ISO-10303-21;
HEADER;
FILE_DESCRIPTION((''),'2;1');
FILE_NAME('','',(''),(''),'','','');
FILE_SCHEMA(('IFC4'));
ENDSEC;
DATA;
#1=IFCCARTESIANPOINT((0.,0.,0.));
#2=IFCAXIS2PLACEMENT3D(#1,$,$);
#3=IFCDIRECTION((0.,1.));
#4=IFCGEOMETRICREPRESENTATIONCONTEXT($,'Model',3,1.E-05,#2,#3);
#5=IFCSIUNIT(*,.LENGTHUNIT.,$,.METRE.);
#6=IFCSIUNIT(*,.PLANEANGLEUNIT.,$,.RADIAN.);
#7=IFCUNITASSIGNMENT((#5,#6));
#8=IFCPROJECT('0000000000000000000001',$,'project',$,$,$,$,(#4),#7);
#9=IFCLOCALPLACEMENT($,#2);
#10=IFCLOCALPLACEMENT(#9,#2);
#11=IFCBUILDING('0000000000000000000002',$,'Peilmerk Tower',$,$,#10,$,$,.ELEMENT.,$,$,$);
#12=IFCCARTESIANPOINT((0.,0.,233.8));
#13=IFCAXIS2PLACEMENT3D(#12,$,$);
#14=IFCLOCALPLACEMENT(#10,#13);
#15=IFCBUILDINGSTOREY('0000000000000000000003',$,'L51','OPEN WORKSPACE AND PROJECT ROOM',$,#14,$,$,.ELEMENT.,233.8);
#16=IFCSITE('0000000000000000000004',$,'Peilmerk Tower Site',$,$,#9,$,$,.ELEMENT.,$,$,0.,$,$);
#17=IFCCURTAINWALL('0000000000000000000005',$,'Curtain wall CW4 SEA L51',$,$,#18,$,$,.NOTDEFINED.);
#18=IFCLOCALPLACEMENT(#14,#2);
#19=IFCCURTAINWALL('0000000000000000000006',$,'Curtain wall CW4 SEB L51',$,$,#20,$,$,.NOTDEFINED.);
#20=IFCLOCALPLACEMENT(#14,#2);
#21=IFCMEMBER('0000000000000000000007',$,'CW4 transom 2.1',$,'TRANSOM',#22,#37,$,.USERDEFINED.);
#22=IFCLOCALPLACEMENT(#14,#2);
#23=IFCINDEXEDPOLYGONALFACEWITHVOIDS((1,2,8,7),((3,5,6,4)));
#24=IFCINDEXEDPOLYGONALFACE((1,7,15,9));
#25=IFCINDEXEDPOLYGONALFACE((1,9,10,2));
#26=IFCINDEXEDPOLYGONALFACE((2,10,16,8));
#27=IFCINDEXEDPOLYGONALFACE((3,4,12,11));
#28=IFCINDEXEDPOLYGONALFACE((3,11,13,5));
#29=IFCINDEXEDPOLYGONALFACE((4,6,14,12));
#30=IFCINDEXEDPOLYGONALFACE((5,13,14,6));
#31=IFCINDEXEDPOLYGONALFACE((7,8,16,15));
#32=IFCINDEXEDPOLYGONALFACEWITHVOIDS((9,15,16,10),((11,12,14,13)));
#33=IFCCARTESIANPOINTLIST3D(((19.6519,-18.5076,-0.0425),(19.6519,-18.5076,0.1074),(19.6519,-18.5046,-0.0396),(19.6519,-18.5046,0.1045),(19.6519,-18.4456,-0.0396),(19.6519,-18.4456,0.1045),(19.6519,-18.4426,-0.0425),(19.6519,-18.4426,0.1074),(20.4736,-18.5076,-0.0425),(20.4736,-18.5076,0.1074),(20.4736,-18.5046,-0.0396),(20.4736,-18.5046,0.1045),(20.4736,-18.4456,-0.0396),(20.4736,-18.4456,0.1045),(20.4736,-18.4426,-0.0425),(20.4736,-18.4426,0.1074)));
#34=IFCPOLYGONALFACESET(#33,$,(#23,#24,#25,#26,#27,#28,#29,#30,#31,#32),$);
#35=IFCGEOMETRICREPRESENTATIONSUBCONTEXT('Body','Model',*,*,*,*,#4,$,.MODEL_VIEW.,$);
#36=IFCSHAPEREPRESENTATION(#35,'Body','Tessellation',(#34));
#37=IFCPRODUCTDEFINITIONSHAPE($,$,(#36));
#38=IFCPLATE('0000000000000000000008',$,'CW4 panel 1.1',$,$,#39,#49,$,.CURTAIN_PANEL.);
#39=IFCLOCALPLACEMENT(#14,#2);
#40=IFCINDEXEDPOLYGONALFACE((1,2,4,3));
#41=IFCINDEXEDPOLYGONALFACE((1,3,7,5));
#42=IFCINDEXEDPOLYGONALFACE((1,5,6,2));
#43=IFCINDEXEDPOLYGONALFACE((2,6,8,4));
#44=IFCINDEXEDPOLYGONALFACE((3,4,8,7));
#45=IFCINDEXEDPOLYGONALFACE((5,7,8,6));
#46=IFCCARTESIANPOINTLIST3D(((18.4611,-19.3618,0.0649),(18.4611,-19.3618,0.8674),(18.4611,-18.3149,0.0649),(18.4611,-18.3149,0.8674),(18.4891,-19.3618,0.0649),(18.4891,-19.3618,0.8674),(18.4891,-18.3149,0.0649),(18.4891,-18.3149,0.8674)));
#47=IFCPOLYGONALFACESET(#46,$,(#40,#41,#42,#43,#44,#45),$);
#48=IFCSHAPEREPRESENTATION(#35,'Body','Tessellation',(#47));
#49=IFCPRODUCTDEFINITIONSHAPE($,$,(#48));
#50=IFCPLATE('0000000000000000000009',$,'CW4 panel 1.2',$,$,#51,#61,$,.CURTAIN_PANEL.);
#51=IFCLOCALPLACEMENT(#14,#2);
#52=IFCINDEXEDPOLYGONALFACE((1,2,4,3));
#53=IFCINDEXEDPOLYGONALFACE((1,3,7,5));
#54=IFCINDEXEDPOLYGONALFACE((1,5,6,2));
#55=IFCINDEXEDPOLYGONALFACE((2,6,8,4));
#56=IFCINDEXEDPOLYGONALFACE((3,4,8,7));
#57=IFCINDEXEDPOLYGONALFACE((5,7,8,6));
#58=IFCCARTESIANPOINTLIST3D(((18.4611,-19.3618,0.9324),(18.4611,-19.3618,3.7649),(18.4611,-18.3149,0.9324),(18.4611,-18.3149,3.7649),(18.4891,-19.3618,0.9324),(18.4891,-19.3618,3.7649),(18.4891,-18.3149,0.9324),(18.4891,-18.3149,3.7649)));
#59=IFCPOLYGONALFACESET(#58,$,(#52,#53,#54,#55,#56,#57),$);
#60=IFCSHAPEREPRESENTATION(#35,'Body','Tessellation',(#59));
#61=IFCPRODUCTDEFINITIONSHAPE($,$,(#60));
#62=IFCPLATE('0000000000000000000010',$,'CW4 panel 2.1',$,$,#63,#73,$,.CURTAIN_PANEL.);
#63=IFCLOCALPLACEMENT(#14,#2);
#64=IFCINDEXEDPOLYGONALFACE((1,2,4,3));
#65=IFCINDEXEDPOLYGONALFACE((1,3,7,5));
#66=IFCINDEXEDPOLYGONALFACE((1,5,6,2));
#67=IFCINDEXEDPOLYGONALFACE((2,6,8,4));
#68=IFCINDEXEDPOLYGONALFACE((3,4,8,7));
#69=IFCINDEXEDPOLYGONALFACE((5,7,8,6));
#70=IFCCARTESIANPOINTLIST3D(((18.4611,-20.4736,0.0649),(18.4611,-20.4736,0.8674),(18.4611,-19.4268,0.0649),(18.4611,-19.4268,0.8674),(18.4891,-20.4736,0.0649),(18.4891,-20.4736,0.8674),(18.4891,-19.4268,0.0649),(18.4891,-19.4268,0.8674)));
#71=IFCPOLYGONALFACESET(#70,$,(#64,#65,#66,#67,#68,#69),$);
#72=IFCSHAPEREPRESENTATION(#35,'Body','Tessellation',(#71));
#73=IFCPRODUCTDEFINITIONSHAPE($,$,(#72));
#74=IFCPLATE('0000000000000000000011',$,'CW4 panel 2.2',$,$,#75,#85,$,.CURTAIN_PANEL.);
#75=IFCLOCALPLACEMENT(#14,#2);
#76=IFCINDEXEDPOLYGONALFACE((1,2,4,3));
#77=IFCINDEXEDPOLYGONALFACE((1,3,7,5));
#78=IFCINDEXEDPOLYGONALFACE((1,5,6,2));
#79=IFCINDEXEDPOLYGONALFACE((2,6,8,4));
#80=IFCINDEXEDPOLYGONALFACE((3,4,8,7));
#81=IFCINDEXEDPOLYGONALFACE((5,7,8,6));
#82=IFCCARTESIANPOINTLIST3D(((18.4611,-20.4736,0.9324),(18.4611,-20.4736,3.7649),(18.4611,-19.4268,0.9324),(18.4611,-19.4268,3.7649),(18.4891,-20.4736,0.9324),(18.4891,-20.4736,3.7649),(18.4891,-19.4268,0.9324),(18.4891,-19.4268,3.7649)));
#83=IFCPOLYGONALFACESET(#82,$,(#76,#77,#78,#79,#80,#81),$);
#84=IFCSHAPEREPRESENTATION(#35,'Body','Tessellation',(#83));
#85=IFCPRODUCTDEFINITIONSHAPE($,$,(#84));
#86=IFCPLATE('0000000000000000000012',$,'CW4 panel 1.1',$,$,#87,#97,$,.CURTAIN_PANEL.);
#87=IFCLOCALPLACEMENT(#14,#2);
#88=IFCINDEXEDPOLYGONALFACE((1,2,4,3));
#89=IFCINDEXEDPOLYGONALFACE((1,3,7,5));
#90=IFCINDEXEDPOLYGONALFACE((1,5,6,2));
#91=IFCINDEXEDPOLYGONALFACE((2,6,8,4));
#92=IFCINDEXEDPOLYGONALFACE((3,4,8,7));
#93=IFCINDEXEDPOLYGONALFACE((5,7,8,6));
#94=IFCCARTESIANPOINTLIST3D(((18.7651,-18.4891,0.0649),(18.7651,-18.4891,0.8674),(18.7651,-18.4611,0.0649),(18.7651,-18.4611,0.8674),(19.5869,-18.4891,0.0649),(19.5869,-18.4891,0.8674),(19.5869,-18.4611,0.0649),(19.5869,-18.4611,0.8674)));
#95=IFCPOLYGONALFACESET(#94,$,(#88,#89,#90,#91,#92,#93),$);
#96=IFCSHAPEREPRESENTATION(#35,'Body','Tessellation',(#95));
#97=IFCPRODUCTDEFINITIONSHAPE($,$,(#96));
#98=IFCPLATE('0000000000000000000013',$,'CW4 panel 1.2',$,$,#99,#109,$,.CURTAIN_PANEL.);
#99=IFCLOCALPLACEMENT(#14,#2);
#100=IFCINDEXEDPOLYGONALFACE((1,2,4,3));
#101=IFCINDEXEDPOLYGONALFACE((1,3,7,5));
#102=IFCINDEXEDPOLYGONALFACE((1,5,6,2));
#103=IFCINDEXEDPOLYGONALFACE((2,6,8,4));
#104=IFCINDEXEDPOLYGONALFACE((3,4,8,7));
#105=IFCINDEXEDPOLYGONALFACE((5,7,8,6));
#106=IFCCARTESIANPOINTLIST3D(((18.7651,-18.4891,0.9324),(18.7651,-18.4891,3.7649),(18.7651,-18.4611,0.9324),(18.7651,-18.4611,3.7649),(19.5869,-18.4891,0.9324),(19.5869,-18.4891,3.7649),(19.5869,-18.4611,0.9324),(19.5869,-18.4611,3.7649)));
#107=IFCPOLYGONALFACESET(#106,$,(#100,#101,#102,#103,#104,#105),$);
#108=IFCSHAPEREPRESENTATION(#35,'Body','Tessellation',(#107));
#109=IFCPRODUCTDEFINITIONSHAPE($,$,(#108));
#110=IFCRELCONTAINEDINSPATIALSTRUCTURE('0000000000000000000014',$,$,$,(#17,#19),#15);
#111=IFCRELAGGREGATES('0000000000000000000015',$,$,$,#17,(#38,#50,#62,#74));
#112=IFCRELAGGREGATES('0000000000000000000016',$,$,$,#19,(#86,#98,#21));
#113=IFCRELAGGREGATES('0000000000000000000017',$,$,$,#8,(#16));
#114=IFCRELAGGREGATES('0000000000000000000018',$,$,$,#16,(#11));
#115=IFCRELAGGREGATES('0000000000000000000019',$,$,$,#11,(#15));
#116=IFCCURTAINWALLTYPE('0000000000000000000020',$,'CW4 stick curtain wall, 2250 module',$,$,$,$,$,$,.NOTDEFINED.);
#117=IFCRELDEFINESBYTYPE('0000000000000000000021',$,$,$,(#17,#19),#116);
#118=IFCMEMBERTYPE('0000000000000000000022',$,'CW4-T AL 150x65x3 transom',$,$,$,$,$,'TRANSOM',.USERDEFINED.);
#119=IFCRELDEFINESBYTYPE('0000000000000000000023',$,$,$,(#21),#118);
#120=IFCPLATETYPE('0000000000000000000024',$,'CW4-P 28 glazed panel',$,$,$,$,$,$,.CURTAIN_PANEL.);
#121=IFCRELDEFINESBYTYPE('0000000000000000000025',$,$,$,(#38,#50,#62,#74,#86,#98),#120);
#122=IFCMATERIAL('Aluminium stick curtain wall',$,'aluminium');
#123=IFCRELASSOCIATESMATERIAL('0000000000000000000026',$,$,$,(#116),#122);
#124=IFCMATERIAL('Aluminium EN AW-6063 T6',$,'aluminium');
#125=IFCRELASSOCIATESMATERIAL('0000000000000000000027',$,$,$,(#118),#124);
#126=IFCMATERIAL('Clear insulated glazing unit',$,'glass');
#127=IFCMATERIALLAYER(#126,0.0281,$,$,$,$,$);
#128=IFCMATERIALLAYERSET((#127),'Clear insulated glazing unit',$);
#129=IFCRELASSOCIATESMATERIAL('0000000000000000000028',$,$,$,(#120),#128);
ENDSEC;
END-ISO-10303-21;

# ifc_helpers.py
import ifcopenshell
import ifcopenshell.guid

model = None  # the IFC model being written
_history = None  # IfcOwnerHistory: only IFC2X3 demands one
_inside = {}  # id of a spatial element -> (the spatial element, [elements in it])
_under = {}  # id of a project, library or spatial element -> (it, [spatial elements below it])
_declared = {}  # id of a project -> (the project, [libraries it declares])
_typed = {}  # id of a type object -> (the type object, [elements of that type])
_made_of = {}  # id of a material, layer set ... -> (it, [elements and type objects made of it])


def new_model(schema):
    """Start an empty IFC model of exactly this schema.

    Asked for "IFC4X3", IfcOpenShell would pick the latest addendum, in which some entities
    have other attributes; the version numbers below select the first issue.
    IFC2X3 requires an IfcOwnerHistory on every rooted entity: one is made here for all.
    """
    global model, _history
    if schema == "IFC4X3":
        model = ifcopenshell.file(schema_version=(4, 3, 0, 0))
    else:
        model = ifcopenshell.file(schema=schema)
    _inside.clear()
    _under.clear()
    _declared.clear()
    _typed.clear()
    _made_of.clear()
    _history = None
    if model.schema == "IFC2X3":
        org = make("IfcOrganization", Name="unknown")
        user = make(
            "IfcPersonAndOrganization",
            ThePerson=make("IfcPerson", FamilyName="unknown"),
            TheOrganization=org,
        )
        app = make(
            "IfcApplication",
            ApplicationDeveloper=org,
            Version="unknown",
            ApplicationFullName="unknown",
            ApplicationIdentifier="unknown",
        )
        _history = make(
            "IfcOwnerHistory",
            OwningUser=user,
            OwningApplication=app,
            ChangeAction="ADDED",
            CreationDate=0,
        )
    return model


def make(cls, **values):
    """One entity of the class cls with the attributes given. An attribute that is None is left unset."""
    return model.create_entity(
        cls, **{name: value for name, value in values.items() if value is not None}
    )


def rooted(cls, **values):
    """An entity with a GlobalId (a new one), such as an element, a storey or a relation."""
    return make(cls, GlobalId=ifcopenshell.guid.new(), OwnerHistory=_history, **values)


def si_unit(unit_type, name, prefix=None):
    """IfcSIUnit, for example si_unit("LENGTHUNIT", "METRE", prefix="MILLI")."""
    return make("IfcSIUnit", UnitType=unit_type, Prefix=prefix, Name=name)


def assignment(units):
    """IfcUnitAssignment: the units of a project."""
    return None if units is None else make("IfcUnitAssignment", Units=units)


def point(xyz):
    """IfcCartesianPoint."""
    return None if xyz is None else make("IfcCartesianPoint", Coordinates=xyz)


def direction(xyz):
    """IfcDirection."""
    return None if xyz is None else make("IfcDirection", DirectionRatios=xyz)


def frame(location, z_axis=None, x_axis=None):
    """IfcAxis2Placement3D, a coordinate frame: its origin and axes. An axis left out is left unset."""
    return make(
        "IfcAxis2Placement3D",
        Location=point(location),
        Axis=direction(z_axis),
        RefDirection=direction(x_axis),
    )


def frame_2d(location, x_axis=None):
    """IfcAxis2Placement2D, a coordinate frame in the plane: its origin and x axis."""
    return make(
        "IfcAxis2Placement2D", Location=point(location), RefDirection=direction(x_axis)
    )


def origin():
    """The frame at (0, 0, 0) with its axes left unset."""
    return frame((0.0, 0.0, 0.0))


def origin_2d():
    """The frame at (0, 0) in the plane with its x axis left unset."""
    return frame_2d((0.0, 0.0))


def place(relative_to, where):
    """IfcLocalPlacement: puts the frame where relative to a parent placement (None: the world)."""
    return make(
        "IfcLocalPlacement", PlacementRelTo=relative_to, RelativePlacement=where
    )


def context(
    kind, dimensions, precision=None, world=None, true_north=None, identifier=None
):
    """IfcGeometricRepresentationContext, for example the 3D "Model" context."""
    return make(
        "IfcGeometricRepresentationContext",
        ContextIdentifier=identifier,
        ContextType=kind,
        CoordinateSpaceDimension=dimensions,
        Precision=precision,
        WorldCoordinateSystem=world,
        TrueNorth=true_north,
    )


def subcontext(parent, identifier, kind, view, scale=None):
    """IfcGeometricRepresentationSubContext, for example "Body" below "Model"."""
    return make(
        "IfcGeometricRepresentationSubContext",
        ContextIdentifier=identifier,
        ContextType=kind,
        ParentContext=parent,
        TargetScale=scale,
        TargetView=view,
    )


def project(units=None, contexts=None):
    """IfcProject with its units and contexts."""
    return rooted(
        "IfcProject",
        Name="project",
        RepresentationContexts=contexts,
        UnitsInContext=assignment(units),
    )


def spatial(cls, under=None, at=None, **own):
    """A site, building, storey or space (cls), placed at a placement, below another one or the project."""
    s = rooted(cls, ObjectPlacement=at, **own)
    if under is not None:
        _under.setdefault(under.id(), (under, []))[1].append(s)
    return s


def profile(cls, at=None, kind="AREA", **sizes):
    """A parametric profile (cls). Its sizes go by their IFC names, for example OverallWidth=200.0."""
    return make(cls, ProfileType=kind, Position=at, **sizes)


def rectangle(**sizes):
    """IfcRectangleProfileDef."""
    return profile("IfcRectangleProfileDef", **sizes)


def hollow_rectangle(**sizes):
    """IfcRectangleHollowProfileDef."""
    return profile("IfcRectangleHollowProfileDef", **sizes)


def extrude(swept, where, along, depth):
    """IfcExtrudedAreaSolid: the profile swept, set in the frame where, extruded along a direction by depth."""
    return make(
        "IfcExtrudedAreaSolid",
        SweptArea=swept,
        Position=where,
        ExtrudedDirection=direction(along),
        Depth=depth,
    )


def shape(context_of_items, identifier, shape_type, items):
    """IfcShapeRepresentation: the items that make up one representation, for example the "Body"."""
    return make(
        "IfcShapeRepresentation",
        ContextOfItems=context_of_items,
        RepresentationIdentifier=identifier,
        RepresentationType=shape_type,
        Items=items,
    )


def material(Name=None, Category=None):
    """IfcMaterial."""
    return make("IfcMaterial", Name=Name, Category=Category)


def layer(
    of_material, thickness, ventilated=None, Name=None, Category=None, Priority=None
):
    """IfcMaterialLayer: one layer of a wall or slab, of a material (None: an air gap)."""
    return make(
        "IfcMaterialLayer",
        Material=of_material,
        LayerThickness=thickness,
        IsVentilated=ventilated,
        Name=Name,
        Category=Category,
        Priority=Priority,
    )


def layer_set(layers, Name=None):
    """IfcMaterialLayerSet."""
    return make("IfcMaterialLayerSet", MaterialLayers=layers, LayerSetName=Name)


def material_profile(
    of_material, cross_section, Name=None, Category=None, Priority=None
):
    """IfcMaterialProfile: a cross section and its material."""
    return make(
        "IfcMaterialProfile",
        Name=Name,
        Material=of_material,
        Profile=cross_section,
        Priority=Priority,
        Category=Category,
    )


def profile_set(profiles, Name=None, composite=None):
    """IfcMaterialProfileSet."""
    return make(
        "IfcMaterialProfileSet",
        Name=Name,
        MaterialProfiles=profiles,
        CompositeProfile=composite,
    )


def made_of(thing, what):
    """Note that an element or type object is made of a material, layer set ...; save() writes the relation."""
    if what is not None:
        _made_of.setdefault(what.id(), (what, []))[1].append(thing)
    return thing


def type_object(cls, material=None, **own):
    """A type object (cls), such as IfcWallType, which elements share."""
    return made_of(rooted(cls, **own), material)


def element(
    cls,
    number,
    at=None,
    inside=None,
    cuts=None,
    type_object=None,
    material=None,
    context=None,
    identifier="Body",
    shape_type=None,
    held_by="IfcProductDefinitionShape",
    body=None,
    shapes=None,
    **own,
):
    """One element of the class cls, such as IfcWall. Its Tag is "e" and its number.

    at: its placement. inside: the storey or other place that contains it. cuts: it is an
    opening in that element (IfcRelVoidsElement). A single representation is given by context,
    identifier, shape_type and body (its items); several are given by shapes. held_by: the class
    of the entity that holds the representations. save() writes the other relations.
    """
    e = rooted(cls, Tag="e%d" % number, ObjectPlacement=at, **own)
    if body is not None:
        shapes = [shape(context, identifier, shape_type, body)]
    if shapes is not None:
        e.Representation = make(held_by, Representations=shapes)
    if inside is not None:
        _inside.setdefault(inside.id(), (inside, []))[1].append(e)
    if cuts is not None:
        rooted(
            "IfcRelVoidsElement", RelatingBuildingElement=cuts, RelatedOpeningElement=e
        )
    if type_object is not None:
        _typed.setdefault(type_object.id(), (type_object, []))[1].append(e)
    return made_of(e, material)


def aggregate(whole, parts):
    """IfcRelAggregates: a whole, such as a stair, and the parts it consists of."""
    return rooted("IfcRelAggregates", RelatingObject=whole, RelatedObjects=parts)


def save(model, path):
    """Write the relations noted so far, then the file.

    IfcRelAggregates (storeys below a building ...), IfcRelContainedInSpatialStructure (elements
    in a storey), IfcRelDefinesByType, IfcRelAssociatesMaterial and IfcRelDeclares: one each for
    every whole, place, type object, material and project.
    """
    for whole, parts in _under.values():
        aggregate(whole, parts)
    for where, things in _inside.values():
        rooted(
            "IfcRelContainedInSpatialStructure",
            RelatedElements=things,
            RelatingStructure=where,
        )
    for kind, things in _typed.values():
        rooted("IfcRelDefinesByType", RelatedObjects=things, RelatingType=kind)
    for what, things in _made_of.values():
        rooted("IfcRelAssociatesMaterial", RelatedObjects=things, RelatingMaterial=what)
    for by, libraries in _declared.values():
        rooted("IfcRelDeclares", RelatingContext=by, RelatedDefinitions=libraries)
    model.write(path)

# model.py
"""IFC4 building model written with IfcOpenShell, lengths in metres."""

from ifc_helpers import new_model, si_unit, direction, frame, origin, origin_2d, place, context, subcontext, project, spatial, rectangle, hollow_rectangle, extrude, material, layer, layer_set, material_profile, profile_set, type_object, element, aggregate, save


model = new_model("IFC4")

# Units and contexts
model_context = context("Model", 3, precision=1e-05, world=origin(), true_north=direction((0.0, 1.0)))
body_context = subcontext(model_context, "Body", "Model", "MODEL_VIEW")
ifc_project = project(units=[si_unit("LENGTHUNIT", "METRE"), si_unit("PLANEANGLEUNIT", "RADIAN")], contexts=[model_context])

# Site, building, storey
site_placement = place(None, origin())
site = spatial("IfcSite", under=ifc_project, at=site_placement, Name="Peilmerk Tower Site", CompositionType="ELEMENT", RefElevation=0.0)
building_placement = place(site_placement, origin())
building = spatial("IfcBuilding", under=site, at=building_placement, Name="Peilmerk Tower", CompositionType="ELEMENT")
storey_placement = place(building_placement, frame((0.0, 0.0, 233.8)))
storey = spatial("IfcBuildingStorey", under=building, at=storey_placement, Name="L51", Description="OPEN WORKSPACE AND PROJECT ROOM", CompositionType="ELEMENT", Elevation=233.8)

# Curtain walls
ifc_material_1 = material(Name="Aluminium stick curtain wall", Category="aluminium")
curtain_wall_type = type_object("IfcCurtainWallType", Name="CW4 stick curtain wall, 2250 module", PredefinedType="NOTDEFINED", material=ifc_material_1)
curtain_wall_1_placement = place(storey_placement, origin())
curtain_wall_1 = element("IfcCurtainWall", 1, at=curtain_wall_1_placement, inside=storey, type_object=curtain_wall_type, Name="Curtain wall CW4 SEA L51", PredefinedType="NOTDEFINED")
ifc_material_2 = material(Name="Aluminium EN AW-6063 T6", Category="aluminium")
curtain_wall_2_placement = place(storey_placement, origin())
curtain_wall_2 = element("IfcCurtainWall", 2, at=curtain_wall_2_placement, inside=storey, type_object=curtain_wall_type, Name="Curtain wall CW4 SEB L51", PredefinedType="NOTDEFINED")

# Member
ifc_material_profile_1 = material_profile(ifc_material_2, hollow_rectangle(XDim=0.0649, YDim=0.1499, WallThickness=0.0029, at=origin_2d()), Name="AL 150x65x3")
ifc_profile_set_1 = profile_set([ifc_material_profile_1], Name="Aluminium EN AW-6063 T6")
member_type_1 = type_object("IfcMemberType", Name="CW4-T AL 150x65x3 transom", ElementType="TRANSOM", PredefinedType="USERDEFINED", material=ifc_profile_set_1)
member_1_placement = place(storey_placement, frame((19.6519, -18.4751, 0.0325), z_axis=(1.0, 0.0, 0.0), x_axis=(0.0, 1.0, 0.0)))
member_1 = element("IfcMember", 3, at=member_1_placement, type_object=member_type_1, Name="CW4 transom 2.1", ObjectType="TRANSOM", PredefinedType="USERDEFINED", context=body_context, shape_type="SweptSolid", body=[
    extrude(hollow_rectangle(XDim=0.0649, YDim=0.1499, WallThickness=0.0029, at=origin_2d()), origin(), (0.0, 0.0, 1.0), 0.8218),
])

# Plates
ifc_material_3 = material(Name="Clear insulated glazing unit", Category="glass")
ifc_layer_1 = layer(ifc_material_3, 0.0281)
ifc_layer_set_1 = layer_set([ifc_layer_1], Name="Clear insulated glazing unit")
plate_type = type_object("IfcPlateType", Name="CW4-P 28 glazed panel", PredefinedType="CURTAIN_PANEL", material=ifc_layer_set_1)
plate_1_placement = place(storey_placement, frame((18.4751, -18.8384, 0.0649), z_axis=(0.0, 0.0, 1.0), x_axis=(0.0, -1.0, 0.0)))
plate_1 = element("IfcPlate", 4, at=plate_1_placement, type_object=plate_type, Name="CW4 panel 1.1", PredefinedType="CURTAIN_PANEL", context=body_context, shape_type="SweptSolid", body=[
    extrude(rectangle(XDim=1.0469, YDim=0.0281, at=origin_2d()), origin(), (0.0, 0.0, 1.0), 0.8025),
])
plate_2_placement = place(storey_placement, frame((18.4751, -18.8384, 0.9324), z_axis=(0.0, 0.0, 1.0), x_axis=(0.0, -1.0, 0.0)))
plate_2 = element("IfcPlate", 5, at=plate_2_placement, type_object=plate_type, Name="CW4 panel 1.2", PredefinedType="CURTAIN_PANEL", context=body_context, shape_type="SweptSolid", body=[
    extrude(rectangle(XDim=1.0469, YDim=0.0281, at=origin_2d()), origin(), (0.0, 0.0, 1.0), 2.8325),
])
plate_3_placement = place(storey_placement, frame((18.4751, -19.9502, 0.0649), z_axis=(0.0, 0.0, 1.0), x_axis=(0.0, -1.0, 0.0)))
plate_3 = element("IfcPlate", 6, at=plate_3_placement, type_object=plate_type, Name="CW4 panel 2.1", PredefinedType="CURTAIN_PANEL", context=body_context, shape_type="SweptSolid", body=[
    extrude(rectangle(XDim=1.0469, YDim=0.0281, at=origin_2d()), origin(), (0.0, 0.0, 1.0), 0.8025),
])
plate_4_placement = place(storey_placement, frame((18.4751, -19.9502, 0.9324), z_axis=(0.0, 0.0, 1.0), x_axis=(0.0, -1.0, 0.0)))
plate_4 = element("IfcPlate", 7, at=plate_4_placement, type_object=plate_type, Name="CW4 panel 2.2", PredefinedType="CURTAIN_PANEL", context=body_context, shape_type="SweptSolid", body=[
    extrude(rectangle(XDim=1.0469, YDim=0.0281, at=origin_2d()), origin(), (0.0, 0.0, 1.0), 2.8325),
])
aggregate(curtain_wall_1, [plate_1, plate_2, plate_3, plate_4])
plate_5_placement = place(storey_placement, frame((19.176, -18.4751, 0.0649), z_axis=(0.0, 0.0, 1.0), x_axis=(1.0, 0.0, 0.0)))
plate_5 = element("IfcPlate", 8, at=plate_5_placement, type_object=plate_type, Name="CW4 panel 1.1", PredefinedType="CURTAIN_PANEL", context=body_context, shape_type="SweptSolid", body=[
    extrude(rectangle(XDim=0.8218, YDim=0.0281, at=origin_2d()), origin(), (0.0, 0.0, 1.0), 0.8025),
])
plate_6_placement = place(storey_placement, frame((19.176, -18.4751, 0.9324), z_axis=(0.0, 0.0, 1.0), x_axis=(1.0, 0.0, 0.0)))
plate_6 = element("IfcPlate", 9, at=plate_6_placement, type_object=plate_type, Name="CW4 panel 1.2", PredefinedType="CURTAIN_PANEL", context=body_context, shape_type="SweptSolid", body=[
    extrude(rectangle(XDim=0.8218, YDim=0.0281, at=origin_2d()), origin(), (0.0, 0.0, 1.0), 2.8325),
])
aggregate(curtain_wall_2, [plate_5, plate_6, member_1])

save(model, "model.ifc")
